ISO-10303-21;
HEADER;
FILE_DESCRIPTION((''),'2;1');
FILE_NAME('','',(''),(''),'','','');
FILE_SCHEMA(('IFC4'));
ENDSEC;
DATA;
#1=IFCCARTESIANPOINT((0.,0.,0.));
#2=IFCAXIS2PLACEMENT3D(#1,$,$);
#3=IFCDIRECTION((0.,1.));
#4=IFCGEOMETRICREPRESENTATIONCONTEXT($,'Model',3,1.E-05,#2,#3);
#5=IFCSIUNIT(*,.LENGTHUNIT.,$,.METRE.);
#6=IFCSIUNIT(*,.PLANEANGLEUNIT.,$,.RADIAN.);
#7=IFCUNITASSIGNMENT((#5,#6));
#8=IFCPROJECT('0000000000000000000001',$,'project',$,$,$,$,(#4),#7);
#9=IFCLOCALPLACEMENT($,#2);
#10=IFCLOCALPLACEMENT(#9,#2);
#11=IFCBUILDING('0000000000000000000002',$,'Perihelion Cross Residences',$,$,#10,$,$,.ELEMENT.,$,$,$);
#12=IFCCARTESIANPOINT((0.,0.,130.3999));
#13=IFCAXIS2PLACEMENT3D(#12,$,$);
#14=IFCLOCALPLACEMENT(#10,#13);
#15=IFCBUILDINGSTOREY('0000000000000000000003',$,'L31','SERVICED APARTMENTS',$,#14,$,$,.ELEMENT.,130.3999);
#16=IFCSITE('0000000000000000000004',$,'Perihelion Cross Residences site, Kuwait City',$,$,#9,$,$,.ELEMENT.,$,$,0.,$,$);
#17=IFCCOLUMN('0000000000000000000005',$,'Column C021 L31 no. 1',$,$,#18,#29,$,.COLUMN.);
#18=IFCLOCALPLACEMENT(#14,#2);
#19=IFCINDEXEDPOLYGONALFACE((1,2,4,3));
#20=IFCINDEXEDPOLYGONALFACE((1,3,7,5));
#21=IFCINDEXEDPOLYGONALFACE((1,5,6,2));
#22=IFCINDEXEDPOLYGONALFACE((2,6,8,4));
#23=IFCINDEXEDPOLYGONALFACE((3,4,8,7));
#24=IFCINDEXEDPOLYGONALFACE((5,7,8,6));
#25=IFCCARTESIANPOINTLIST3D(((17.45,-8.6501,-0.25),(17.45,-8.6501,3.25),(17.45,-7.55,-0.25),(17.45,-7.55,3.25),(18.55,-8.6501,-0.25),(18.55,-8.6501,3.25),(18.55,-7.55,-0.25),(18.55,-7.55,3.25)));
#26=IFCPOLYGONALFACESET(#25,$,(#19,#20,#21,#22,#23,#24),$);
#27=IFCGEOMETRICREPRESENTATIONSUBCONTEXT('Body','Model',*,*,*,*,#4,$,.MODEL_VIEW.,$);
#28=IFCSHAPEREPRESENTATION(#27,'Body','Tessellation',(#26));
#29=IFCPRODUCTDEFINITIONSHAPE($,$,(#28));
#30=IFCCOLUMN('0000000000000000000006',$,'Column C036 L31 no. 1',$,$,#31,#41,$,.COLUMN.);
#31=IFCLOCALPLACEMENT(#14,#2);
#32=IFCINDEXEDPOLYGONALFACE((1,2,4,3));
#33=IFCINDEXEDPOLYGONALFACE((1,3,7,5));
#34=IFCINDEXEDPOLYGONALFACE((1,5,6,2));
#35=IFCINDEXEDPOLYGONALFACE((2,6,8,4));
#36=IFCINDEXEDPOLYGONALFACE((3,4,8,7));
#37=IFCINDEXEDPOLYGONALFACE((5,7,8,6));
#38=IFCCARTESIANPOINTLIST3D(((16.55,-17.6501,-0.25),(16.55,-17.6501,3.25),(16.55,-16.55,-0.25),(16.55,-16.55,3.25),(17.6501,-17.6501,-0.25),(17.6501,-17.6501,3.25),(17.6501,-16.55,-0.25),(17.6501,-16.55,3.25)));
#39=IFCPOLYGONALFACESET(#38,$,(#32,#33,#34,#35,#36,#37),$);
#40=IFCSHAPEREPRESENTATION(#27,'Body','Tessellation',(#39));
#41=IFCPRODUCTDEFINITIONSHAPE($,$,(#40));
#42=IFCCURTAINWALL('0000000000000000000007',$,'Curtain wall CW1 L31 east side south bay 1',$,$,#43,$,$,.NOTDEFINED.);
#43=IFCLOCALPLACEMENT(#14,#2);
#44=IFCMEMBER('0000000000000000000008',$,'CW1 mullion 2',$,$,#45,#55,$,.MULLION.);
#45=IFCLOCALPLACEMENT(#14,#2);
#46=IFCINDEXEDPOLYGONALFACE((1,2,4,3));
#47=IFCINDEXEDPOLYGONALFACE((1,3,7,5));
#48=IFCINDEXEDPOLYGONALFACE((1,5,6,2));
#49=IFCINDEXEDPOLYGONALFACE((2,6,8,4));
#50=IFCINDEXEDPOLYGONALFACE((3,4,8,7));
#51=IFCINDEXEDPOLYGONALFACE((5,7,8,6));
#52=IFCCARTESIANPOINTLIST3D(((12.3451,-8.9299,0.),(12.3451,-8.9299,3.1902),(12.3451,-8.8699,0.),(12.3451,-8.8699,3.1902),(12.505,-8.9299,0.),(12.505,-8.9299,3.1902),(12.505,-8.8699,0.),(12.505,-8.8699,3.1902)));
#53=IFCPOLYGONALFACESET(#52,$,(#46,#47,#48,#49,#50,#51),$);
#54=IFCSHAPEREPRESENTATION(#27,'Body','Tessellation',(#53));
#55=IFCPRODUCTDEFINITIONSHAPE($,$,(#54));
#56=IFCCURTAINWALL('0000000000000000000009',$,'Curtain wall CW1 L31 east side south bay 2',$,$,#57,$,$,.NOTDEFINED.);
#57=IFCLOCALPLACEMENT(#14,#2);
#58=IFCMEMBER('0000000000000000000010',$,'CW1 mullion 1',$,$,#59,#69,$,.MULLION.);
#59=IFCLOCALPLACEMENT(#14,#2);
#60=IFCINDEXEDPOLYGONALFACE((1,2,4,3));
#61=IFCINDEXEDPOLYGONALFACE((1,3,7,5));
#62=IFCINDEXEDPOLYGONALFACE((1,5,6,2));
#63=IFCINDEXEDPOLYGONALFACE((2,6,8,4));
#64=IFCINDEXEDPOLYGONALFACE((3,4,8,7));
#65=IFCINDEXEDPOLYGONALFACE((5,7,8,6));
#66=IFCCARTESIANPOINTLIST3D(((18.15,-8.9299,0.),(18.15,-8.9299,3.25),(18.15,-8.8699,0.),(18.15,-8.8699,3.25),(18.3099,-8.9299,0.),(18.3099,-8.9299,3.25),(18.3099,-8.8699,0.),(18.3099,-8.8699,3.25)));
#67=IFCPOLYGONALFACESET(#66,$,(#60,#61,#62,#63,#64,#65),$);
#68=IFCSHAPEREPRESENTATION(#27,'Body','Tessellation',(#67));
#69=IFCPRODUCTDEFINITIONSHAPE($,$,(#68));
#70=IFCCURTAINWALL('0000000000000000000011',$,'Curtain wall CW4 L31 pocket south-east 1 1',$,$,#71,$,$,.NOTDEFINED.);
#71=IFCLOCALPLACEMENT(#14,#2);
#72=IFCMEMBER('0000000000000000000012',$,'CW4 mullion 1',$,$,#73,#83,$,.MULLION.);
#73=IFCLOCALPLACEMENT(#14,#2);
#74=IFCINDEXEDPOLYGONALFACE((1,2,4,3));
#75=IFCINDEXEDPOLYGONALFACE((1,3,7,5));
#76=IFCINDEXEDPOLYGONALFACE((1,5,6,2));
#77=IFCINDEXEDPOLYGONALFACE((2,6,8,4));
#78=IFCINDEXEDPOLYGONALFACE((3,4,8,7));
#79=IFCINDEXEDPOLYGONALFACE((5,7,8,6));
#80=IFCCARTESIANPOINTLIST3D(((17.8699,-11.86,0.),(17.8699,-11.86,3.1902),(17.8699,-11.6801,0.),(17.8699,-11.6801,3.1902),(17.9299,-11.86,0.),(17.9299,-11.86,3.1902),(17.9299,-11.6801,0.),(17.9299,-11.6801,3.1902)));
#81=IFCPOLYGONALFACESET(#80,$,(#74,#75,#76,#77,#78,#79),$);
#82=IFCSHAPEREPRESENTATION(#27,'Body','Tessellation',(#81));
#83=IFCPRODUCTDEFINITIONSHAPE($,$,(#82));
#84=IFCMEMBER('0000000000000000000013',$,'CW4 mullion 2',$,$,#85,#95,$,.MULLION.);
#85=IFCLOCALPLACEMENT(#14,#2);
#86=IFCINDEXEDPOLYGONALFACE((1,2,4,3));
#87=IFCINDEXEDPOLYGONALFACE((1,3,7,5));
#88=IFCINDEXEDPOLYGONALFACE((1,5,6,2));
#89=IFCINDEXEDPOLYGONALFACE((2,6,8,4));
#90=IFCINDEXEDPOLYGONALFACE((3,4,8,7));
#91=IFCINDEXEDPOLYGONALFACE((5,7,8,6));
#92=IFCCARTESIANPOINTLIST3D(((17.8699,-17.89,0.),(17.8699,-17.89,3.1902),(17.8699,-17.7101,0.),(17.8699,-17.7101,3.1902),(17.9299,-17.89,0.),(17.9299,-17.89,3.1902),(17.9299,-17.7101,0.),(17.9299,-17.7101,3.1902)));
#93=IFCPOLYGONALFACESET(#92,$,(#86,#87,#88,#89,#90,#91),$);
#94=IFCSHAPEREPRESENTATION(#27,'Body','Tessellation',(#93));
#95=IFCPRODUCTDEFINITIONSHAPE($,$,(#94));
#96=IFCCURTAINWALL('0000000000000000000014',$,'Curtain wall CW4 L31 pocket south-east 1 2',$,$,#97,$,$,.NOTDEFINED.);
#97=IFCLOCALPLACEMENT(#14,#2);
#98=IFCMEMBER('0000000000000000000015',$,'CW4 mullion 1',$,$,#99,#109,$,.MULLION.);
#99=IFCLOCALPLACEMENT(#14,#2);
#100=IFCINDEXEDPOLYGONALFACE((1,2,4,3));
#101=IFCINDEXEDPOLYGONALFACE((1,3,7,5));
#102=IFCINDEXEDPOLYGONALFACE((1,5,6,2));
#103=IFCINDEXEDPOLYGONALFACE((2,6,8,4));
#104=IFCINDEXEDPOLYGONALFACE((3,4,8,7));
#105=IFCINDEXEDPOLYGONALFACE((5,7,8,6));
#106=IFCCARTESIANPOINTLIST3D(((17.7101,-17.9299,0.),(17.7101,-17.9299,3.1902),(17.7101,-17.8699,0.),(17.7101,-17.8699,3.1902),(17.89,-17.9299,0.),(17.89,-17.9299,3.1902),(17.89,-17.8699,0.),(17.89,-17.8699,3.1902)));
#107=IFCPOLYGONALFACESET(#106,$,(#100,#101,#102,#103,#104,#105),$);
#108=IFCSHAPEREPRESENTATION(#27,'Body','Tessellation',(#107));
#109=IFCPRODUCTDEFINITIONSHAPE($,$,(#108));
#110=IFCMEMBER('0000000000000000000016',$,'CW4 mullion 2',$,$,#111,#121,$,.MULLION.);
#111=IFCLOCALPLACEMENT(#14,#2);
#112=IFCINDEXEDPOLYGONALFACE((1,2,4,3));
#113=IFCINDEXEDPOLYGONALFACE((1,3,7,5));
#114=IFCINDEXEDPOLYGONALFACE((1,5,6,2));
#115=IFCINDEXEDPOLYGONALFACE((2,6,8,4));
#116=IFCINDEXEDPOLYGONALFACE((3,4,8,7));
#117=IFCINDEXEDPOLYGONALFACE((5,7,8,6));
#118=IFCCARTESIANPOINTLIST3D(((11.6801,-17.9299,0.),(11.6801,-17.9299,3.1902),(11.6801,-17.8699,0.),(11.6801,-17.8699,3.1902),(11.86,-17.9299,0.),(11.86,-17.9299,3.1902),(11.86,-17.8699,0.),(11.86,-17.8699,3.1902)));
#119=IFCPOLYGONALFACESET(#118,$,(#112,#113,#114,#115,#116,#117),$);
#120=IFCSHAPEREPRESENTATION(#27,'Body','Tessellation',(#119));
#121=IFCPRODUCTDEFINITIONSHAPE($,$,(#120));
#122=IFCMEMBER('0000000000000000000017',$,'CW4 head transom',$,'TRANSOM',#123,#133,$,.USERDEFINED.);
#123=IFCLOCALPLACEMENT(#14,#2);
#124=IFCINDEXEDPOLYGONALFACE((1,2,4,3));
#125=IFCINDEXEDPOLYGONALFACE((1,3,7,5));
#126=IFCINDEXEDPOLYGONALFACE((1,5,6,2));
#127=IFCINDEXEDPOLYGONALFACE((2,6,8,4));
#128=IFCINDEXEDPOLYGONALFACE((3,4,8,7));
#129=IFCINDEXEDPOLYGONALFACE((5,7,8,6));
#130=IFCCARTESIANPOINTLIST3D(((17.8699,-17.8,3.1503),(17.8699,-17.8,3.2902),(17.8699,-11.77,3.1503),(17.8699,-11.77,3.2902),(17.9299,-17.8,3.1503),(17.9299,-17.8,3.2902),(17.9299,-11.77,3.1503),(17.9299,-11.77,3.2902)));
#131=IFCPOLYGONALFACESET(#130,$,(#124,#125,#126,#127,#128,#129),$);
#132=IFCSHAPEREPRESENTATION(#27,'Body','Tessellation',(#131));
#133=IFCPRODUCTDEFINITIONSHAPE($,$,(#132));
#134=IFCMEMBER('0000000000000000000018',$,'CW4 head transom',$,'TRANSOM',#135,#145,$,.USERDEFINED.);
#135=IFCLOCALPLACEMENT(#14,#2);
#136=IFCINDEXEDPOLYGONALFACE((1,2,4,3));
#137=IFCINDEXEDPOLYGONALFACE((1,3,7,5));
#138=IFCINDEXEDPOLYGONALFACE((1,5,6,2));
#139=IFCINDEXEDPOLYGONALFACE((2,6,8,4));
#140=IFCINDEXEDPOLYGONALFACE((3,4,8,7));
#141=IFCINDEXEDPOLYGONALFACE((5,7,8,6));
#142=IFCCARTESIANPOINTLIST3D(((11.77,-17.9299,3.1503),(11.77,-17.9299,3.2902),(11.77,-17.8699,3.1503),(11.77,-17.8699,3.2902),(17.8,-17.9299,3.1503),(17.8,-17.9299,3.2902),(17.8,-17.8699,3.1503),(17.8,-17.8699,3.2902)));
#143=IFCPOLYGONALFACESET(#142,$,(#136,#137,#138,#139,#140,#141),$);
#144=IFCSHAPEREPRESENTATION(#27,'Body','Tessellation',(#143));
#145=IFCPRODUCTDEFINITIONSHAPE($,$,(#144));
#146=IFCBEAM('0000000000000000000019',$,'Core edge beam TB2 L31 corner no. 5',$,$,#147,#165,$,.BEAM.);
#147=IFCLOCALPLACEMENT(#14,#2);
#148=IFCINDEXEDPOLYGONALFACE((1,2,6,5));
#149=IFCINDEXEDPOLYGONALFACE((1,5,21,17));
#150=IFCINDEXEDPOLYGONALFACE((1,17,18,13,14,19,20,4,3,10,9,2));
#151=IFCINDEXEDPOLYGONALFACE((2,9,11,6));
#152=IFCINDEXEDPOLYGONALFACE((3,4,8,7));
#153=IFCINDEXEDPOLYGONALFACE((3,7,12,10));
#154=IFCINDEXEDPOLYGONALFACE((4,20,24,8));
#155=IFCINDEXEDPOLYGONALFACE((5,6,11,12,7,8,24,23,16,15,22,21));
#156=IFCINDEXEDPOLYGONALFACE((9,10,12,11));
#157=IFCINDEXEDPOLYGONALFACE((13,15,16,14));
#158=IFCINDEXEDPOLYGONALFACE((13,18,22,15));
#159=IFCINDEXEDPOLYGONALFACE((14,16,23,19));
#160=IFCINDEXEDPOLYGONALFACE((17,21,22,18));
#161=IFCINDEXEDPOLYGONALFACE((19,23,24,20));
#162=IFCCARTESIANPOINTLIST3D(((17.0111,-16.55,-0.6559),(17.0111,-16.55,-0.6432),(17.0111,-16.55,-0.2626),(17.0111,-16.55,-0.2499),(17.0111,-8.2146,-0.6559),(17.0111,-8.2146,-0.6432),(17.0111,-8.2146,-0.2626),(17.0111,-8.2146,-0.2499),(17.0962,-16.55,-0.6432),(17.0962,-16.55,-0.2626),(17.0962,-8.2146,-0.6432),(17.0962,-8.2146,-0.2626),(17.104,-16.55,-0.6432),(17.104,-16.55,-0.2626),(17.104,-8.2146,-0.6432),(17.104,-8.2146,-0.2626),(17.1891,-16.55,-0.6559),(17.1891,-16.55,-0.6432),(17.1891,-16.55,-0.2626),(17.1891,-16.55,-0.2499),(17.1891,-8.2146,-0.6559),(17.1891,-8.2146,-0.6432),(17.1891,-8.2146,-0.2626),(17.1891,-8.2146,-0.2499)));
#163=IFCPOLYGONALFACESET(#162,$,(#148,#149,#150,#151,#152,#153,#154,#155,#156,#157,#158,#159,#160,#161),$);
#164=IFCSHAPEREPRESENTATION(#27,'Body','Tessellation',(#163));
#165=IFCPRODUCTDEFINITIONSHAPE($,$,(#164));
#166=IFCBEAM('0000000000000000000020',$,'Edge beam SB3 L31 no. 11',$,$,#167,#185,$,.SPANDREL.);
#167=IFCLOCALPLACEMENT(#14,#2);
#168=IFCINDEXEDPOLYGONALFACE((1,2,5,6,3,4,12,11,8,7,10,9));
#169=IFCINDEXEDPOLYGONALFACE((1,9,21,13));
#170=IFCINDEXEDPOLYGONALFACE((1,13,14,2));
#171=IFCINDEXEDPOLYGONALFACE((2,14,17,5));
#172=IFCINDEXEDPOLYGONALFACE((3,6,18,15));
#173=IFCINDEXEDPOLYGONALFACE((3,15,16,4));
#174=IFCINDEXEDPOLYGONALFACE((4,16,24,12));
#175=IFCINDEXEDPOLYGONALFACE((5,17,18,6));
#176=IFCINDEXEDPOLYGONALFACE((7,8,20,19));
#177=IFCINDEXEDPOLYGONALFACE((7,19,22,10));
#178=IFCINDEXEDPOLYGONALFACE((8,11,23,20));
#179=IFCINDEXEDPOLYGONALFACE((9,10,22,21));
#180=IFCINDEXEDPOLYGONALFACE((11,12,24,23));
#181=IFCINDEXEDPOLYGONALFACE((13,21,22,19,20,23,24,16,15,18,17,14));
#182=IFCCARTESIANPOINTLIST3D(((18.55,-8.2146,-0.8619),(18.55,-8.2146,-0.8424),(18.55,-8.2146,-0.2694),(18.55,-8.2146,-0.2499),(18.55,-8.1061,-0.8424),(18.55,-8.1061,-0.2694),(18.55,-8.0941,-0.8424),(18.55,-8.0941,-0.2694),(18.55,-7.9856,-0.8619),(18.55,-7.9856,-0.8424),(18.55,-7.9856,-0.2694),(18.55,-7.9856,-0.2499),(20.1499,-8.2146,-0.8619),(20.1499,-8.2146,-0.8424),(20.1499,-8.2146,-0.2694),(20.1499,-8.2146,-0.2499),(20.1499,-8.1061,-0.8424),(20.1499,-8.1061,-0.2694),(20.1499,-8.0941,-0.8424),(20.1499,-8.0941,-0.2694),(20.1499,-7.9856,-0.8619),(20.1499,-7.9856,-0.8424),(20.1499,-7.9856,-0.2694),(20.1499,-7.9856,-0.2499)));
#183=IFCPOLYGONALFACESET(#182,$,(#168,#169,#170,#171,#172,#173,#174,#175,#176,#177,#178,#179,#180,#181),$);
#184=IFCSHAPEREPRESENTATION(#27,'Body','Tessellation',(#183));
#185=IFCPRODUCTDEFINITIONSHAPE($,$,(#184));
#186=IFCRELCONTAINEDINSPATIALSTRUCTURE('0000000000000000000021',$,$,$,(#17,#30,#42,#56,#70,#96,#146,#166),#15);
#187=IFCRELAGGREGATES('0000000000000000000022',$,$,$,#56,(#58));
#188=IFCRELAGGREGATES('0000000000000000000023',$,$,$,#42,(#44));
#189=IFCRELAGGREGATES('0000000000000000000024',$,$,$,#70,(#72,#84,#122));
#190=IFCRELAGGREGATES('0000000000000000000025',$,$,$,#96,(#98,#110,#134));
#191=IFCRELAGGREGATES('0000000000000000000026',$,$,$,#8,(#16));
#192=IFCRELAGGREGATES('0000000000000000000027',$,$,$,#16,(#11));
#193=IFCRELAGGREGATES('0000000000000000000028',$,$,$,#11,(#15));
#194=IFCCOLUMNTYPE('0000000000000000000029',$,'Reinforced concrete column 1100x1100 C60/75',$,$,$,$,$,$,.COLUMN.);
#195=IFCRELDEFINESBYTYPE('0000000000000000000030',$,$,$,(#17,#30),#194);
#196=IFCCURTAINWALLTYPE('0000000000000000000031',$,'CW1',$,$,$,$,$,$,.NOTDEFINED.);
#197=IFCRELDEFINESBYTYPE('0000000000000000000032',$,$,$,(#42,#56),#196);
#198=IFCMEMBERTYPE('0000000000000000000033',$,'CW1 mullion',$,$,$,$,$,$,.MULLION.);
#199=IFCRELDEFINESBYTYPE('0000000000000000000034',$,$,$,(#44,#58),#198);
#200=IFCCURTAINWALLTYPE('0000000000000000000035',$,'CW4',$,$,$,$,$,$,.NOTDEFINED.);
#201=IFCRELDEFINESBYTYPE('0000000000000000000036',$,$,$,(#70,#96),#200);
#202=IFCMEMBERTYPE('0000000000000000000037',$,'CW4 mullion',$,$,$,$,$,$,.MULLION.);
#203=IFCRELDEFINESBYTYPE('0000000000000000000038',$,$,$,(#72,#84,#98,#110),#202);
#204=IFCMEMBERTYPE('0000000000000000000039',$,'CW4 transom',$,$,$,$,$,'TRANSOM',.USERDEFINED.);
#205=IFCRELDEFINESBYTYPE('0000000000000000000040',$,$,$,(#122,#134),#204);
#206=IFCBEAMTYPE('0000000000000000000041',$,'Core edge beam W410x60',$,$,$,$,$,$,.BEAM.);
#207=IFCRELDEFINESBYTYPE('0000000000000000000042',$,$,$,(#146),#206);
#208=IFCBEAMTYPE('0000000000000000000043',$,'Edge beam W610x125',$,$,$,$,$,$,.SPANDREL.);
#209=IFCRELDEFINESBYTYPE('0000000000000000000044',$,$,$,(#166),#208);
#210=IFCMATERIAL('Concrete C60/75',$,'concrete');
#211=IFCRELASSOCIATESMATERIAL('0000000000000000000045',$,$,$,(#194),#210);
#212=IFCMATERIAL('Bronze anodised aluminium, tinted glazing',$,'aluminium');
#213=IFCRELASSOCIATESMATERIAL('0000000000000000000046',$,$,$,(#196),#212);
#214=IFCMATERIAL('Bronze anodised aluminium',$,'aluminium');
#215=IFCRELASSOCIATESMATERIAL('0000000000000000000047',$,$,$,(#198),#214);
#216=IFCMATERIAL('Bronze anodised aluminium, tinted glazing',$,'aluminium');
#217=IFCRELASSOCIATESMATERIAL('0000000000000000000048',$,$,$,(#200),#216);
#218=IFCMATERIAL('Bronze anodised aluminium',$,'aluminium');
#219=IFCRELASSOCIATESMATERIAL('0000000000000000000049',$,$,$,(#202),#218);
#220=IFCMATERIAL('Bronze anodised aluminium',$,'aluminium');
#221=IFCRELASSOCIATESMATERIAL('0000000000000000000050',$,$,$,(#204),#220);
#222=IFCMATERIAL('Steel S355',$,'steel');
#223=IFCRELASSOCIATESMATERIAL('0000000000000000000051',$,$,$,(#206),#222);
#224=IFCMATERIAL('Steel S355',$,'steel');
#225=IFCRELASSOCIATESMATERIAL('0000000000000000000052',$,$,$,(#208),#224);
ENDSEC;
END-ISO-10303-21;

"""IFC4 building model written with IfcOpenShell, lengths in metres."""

from ifc_helpers import new_model, si_unit, direction, frame, origin, origin_2d, place, context, subcontext, project, spatial, rectangle, i_section, extrude, material, material_profile, profile_set, type_object, element, aggregate, save


model = new_model("IFC4")

# Units and contexts
model_context = context("Model", 3, precision=1e-05, world=origin(), true_north=direction((0.0, 1.0)))
body_context = subcontext(model_context, "Body", "Model", "MODEL_VIEW")
ifc_project = project(units=[si_unit("LENGTHUNIT", "METRE"), si_unit("PLANEANGLEUNIT", "RADIAN")], contexts=[model_context])

# Site, building, storey
site_placement = place(None, origin())
site = spatial("IfcSite", under=ifc_project, at=site_placement, Name="Perihelion Cross Residences site, Kuwait City", CompositionType="ELEMENT", RefElevation=0.0)
building_placement = place(site_placement, origin())
building = spatial("IfcBuilding", under=site, at=building_placement, Name="Perihelion Cross Residences", CompositionType="ELEMENT")
storey_placement = place(building_placement, frame((0.0, 0.0, 130.3999)))
storey = spatial("IfcBuildingStorey", under=building, at=storey_placement, Name="L31", Description="SERVICED APARTMENTS", CompositionType="ELEMENT", Elevation=130.3999)

# Columns
ifc_material_1 = material(Name="Concrete C60/75", Category="concrete")
ifc_material_profile_1 = material_profile(ifc_material_1, rectangle(XDim=1.1001, YDim=1.1001, at=origin_2d()), Name="RC 1100x1100")
ifc_profile_set_1 = profile_set([ifc_material_profile_1], Name="Concrete C60/75")
column_type = type_object("IfcColumnType", Name="Reinforced concrete column 1100x1100 C60/75", PredefinedType="COLUMN", material=ifc_profile_set_1)
for number, where, z_axis, x_axis, name in (
    (1, (18.0, -8.1001, -0.25), (0.0, 0.0, 1.0), (1.0, 0.0, 0.0), "Column C021 L31 no. 1"),
    (2, (17.1001, -17.1001, -0.25), (0.0, 0.0, 1.0), (1.0, 0.0, 0.0), "Column C036 L31 no. 1"),
):
    element("IfcColumn", number, at=place(storey_placement, frame(where, z_axis=z_axis, x_axis=x_axis)), inside=storey, type_object=column_type, Name=name, PredefinedType="COLUMN", context=body_context, shape_type="SweptSolid", body=[
        extrude(rectangle(XDim=1.1001, YDim=1.1001, at=origin_2d()), origin(), (0.0, 0.0, 1.0), 3.5),
    ])

# Curtain walls, members
ifc_material_2 = material(Name="Bronze anodised aluminium, tinted glazing", Category="aluminium")
curtain_wall_type_1 = type_object("IfcCurtainWallType", Name="CW1", PredefinedType="NOTDEFINED", material=ifc_material_2)
curtain_wall_1_placement = place(storey_placement, origin())
curtain_wall_1 = element("IfcCurtainWall", 3, at=curtain_wall_1_placement, inside=storey, type_object=curtain_wall_type_1, Name="Curtain wall CW1 L31 east side south bay 1", PredefinedType="NOTDEFINED")
ifc_material_3 = material(Name="Bronze anodised aluminium", Category="aluminium")
ifc_material_profile_2 = material_profile(ifc_material_3, rectangle(XDim=0.0601, YDim=0.1599, at=origin_2d()), Name="CW1 mullion")
ifc_profile_set_2 = profile_set([ifc_material_profile_2], Name="Bronze anodised aluminium")
member_type_1 = type_object("IfcMemberType", Name="CW1 mullion", PredefinedType="MULLION", material=ifc_profile_set_2)
member_1_placement = place(storey_placement, frame((12.425, -8.8999, 0.0), z_axis=(0.0, 0.0, 1.0), x_axis=(0.0, 1.0, 0.0)))
member_1 = element("IfcMember", 4, at=member_1_placement, type_object=member_type_1, Name="CW1 mullion 2", PredefinedType="MULLION", context=body_context, shape_type="SweptSolid", body=[
    extrude(rectangle(XDim=0.0601, YDim=0.1599, at=origin_2d()), origin(), (0.0, 0.0, 1.0), 3.1902),
])
curtain_wall_2_placement = place(storey_placement, origin())
curtain_wall_2 = element("IfcCurtainWall", 5, at=curtain_wall_2_placement, inside=storey, type_object=curtain_wall_type_1, Name="Curtain wall CW1 L31 east side south bay 2", PredefinedType="NOTDEFINED")
member_2_placement = place(storey_placement, frame((18.23, -8.8999, 0.0), z_axis=(0.0, 0.0, 1.0), x_axis=(0.0, 1.0, 0.0)))
member_2 = element("IfcMember", 6, at=member_2_placement, type_object=member_type_1, Name="CW1 mullion 1", PredefinedType="MULLION", context=body_context, shape_type="SweptSolid", body=[
    extrude(rectangle(XDim=0.0601, YDim=0.1599, at=origin_2d()), origin(), (0.0, 0.0, 1.0), 3.25),
])
aggregate(curtain_wall_2, [member_2])

# Curtain walls, members
ifc_material_4 = material(Name="Bronze anodised aluminium, tinted glazing", Category="aluminium")
curtain_wall_type_2 = type_object("IfcCurtainWallType", Name="CW4", PredefinedType="NOTDEFINED", material=ifc_material_4)
curtain_wall_3_placement = place(storey_placement, origin())
curtain_wall_3 = element("IfcCurtainWall", 7, at=curtain_wall_3_placement, inside=storey, type_object=curtain_wall_type_2, Name="Curtain wall CW4 L31 pocket south-east 1 1", PredefinedType="NOTDEFINED")
ifc_material_5 = material(Name="Bronze anodised aluminium", Category="aluminium")
ifc_material_profile_3 = material_profile(ifc_material_5, rectangle(XDim=0.0601, YDim=0.1799, at=origin_2d()), Name="CW4 mullion")
ifc_profile_set_3 = profile_set([ifc_material_profile_3], Name="Bronze anodised aluminium")
member_type_2 = type_object("IfcMemberType", Name="CW4 mullion", PredefinedType="MULLION", material=ifc_profile_set_3)
member_3_placement = place(storey_placement, frame((17.8999, -11.77, 0.0), z_axis=(0.0, 0.0, 1.0), x_axis=(1.0, 0.0, 0.0)))
member_3 = element("IfcMember", 8, at=member_3_placement, type_object=member_type_2, Name="CW4 mullion 1", PredefinedType="MULLION", context=body_context, shape_type="SweptSolid", body=[
    extrude(rectangle(XDim=0.0601, YDim=0.1799, at=origin_2d()), origin(), (0.0, 0.0, 1.0), 3.1902),
])
member_4_placement = place(storey_placement, frame((17.8999, -17.8, 0.0), z_axis=(0.0, 0.0, 1.0), x_axis=(1.0, 0.0, 0.0)))
member_4 = element("IfcMember", 9, at=member_4_placement, type_object=member_type_2, Name="CW4 mullion 2", PredefinedType="MULLION", context=body_context, shape_type="SweptSolid", body=[
    extrude(rectangle(XDim=0.0601, YDim=0.1799, at=origin_2d()), origin(), (0.0, 0.0, 1.0), 3.1902),
])
curtain_wall_4_placement = place(storey_placement, origin())
curtain_wall_4 = element("IfcCurtainWall", 10, at=curtain_wall_4_placement, inside=storey, type_object=curtain_wall_type_2, Name="Curtain wall CW4 L31 pocket south-east 1 2", PredefinedType="NOTDEFINED")
member_5_placement = place(storey_placement, frame((17.8, -17.8999, 0.0), z_axis=(0.0, 0.0, 1.0), x_axis=(0.0, -1.0, 0.0)))
member_5 = element("IfcMember", 11, at=member_5_placement, type_object=member_type_2, Name="CW4 mullion 1", PredefinedType="MULLION", context=body_context, shape_type="SweptSolid", body=[
    extrude(rectangle(XDim=0.0601, YDim=0.1799, at=origin_2d()), origin(), (0.0, 0.0, 1.0), 3.1902),
])
member_6_placement = place(storey_placement, frame((11.77, -17.8999, 0.0), z_axis=(0.0, 0.0, 1.0), x_axis=(0.0, -1.0, 0.0)))
member_6 = element("IfcMember", 12, at=member_6_placement, type_object=member_type_2, Name="CW4 mullion 2", PredefinedType="MULLION", context=body_context, shape_type="SweptSolid", body=[
    extrude(rectangle(XDim=0.0601, YDim=0.1799, at=origin_2d()), origin(), (0.0, 0.0, 1.0), 3.1902),
])

# Members
ifc_material_6 = material(Name="Bronze anodised aluminium", Category="aluminium")
ifc_material_profile_4 = material_profile(ifc_material_6, rectangle(XDim=0.0601, YDim=0.1399, at=origin_2d()), Name="CW4 transom")
ifc_profile_set_4 = profile_set([ifc_material_profile_4], Name="Bronze anodised aluminium")
member_type_3 = type_object("IfcMemberType", Name="CW4 transom", ElementType="TRANSOM", PredefinedType="USERDEFINED", material=ifc_profile_set_4)
member_7_placement = place(storey_placement, frame((17.8999, -11.77, 3.2202), z_axis=(0.0, -1.0, 0.0), x_axis=(1.0, 0.0, 0.0)))
member_7 = element("IfcMember", 13, at=member_7_placement, type_object=member_type_3, Name="CW4 head transom", ObjectType="TRANSOM", PredefinedType="USERDEFINED", context=body_context, shape_type="SweptSolid", body=[
    extrude(rectangle(XDim=0.0601, YDim=0.1399, at=origin_2d()), origin(), (0.0, 0.0, 1.0), 6.03),
])
member_8_placement = place(storey_placement, frame((17.8, -17.8999, 3.2202), z_axis=(-1.0, 0.0, 0.0), x_axis=(0.0, -1.0, 0.0)))
member_8 = element("IfcMember", 14, at=member_8_placement, type_object=member_type_3, Name="CW4 head transom", ObjectType="TRANSOM", PredefinedType="USERDEFINED", context=body_context, shape_type="SweptSolid", body=[
    extrude(rectangle(XDim=0.0601, YDim=0.1399, at=origin_2d()), origin(), (0.0, 0.0, 1.0), 6.03),
])

# Beams
ifc_material_7 = material(Name="Steel S355", Category="steel")
ifc_material_profile_5 = material_profile(ifc_material_7, i_section(OverallWidth=0.178, OverallDepth=0.406, WebThickness=0.0078, FlangeThickness=0.0127, at=origin_2d()), Name="W410x60")
ifc_profile_set_5 = profile_set([ifc_material_profile_5], Name="Steel S355")
beam_type_1 = type_object("IfcBeamType", Name="Core edge beam W410x60", PredefinedType="BEAM", material=ifc_profile_set_5)
beam_1_placement = place(storey_placement, frame((17.1001, -8.2146, -0.4529), z_axis=(0.0, -1.0, 0.0), x_axis=(1.0, 0.0, 0.0)))
element("IfcBeam", 15, at=beam_1_placement, inside=storey, type_object=beam_type_1, Name="Core edge beam TB2 L31 corner no. 5", PredefinedType="BEAM", context=body_context, shape_type="SweptSolid", body=[
    extrude(i_section(OverallWidth=0.178, OverallDepth=0.406, WebThickness=0.0078, FlangeThickness=0.0127, at=origin_2d()), origin(), (0.0, 0.0, 1.0), 8.3354),
])
ifc_material_8 = material(Name="Steel S355", Category="steel")
ifc_material_profile_6 = material_profile(ifc_material_8, i_section(OverallWidth=0.229, OverallDepth=0.6121, WebThickness=0.012, FlangeThickness=0.0195, at=origin_2d()), Name="W610x125")
ifc_profile_set_6 = profile_set([ifc_material_profile_6], Name="Steel S355")
beam_type_2 = type_object("IfcBeamType", Name="Edge beam W610x125", PredefinedType="SPANDREL", material=ifc_profile_set_6)
beam_2_placement = place(storey_placement, frame((18.55, -8.1001, -0.5559), z_axis=(1.0, 0.0, 0.0), x_axis=(0.0, 1.0, 0.0)))
element("IfcBeam", 16, at=beam_2_placement, inside=storey, type_object=beam_type_2, Name="Edge beam SB3 L31 no. 11", PredefinedType="SPANDREL", context=body_context, shape_type="SweptSolid", body=[
    extrude(i_section(OverallWidth=0.229, OverallDepth=0.6121, WebThickness=0.012, FlangeThickness=0.0195, at=origin_2d()), origin(), (0.0, 0.0, 1.0), 1.5999),
])

aggregate(curtain_wall_1, [member_1])
aggregate(curtain_wall_3, [member_3, member_4, member_7])
aggregate(curtain_wall_4, [member_5, member_6, member_8])

save(model, "model.ifc")
